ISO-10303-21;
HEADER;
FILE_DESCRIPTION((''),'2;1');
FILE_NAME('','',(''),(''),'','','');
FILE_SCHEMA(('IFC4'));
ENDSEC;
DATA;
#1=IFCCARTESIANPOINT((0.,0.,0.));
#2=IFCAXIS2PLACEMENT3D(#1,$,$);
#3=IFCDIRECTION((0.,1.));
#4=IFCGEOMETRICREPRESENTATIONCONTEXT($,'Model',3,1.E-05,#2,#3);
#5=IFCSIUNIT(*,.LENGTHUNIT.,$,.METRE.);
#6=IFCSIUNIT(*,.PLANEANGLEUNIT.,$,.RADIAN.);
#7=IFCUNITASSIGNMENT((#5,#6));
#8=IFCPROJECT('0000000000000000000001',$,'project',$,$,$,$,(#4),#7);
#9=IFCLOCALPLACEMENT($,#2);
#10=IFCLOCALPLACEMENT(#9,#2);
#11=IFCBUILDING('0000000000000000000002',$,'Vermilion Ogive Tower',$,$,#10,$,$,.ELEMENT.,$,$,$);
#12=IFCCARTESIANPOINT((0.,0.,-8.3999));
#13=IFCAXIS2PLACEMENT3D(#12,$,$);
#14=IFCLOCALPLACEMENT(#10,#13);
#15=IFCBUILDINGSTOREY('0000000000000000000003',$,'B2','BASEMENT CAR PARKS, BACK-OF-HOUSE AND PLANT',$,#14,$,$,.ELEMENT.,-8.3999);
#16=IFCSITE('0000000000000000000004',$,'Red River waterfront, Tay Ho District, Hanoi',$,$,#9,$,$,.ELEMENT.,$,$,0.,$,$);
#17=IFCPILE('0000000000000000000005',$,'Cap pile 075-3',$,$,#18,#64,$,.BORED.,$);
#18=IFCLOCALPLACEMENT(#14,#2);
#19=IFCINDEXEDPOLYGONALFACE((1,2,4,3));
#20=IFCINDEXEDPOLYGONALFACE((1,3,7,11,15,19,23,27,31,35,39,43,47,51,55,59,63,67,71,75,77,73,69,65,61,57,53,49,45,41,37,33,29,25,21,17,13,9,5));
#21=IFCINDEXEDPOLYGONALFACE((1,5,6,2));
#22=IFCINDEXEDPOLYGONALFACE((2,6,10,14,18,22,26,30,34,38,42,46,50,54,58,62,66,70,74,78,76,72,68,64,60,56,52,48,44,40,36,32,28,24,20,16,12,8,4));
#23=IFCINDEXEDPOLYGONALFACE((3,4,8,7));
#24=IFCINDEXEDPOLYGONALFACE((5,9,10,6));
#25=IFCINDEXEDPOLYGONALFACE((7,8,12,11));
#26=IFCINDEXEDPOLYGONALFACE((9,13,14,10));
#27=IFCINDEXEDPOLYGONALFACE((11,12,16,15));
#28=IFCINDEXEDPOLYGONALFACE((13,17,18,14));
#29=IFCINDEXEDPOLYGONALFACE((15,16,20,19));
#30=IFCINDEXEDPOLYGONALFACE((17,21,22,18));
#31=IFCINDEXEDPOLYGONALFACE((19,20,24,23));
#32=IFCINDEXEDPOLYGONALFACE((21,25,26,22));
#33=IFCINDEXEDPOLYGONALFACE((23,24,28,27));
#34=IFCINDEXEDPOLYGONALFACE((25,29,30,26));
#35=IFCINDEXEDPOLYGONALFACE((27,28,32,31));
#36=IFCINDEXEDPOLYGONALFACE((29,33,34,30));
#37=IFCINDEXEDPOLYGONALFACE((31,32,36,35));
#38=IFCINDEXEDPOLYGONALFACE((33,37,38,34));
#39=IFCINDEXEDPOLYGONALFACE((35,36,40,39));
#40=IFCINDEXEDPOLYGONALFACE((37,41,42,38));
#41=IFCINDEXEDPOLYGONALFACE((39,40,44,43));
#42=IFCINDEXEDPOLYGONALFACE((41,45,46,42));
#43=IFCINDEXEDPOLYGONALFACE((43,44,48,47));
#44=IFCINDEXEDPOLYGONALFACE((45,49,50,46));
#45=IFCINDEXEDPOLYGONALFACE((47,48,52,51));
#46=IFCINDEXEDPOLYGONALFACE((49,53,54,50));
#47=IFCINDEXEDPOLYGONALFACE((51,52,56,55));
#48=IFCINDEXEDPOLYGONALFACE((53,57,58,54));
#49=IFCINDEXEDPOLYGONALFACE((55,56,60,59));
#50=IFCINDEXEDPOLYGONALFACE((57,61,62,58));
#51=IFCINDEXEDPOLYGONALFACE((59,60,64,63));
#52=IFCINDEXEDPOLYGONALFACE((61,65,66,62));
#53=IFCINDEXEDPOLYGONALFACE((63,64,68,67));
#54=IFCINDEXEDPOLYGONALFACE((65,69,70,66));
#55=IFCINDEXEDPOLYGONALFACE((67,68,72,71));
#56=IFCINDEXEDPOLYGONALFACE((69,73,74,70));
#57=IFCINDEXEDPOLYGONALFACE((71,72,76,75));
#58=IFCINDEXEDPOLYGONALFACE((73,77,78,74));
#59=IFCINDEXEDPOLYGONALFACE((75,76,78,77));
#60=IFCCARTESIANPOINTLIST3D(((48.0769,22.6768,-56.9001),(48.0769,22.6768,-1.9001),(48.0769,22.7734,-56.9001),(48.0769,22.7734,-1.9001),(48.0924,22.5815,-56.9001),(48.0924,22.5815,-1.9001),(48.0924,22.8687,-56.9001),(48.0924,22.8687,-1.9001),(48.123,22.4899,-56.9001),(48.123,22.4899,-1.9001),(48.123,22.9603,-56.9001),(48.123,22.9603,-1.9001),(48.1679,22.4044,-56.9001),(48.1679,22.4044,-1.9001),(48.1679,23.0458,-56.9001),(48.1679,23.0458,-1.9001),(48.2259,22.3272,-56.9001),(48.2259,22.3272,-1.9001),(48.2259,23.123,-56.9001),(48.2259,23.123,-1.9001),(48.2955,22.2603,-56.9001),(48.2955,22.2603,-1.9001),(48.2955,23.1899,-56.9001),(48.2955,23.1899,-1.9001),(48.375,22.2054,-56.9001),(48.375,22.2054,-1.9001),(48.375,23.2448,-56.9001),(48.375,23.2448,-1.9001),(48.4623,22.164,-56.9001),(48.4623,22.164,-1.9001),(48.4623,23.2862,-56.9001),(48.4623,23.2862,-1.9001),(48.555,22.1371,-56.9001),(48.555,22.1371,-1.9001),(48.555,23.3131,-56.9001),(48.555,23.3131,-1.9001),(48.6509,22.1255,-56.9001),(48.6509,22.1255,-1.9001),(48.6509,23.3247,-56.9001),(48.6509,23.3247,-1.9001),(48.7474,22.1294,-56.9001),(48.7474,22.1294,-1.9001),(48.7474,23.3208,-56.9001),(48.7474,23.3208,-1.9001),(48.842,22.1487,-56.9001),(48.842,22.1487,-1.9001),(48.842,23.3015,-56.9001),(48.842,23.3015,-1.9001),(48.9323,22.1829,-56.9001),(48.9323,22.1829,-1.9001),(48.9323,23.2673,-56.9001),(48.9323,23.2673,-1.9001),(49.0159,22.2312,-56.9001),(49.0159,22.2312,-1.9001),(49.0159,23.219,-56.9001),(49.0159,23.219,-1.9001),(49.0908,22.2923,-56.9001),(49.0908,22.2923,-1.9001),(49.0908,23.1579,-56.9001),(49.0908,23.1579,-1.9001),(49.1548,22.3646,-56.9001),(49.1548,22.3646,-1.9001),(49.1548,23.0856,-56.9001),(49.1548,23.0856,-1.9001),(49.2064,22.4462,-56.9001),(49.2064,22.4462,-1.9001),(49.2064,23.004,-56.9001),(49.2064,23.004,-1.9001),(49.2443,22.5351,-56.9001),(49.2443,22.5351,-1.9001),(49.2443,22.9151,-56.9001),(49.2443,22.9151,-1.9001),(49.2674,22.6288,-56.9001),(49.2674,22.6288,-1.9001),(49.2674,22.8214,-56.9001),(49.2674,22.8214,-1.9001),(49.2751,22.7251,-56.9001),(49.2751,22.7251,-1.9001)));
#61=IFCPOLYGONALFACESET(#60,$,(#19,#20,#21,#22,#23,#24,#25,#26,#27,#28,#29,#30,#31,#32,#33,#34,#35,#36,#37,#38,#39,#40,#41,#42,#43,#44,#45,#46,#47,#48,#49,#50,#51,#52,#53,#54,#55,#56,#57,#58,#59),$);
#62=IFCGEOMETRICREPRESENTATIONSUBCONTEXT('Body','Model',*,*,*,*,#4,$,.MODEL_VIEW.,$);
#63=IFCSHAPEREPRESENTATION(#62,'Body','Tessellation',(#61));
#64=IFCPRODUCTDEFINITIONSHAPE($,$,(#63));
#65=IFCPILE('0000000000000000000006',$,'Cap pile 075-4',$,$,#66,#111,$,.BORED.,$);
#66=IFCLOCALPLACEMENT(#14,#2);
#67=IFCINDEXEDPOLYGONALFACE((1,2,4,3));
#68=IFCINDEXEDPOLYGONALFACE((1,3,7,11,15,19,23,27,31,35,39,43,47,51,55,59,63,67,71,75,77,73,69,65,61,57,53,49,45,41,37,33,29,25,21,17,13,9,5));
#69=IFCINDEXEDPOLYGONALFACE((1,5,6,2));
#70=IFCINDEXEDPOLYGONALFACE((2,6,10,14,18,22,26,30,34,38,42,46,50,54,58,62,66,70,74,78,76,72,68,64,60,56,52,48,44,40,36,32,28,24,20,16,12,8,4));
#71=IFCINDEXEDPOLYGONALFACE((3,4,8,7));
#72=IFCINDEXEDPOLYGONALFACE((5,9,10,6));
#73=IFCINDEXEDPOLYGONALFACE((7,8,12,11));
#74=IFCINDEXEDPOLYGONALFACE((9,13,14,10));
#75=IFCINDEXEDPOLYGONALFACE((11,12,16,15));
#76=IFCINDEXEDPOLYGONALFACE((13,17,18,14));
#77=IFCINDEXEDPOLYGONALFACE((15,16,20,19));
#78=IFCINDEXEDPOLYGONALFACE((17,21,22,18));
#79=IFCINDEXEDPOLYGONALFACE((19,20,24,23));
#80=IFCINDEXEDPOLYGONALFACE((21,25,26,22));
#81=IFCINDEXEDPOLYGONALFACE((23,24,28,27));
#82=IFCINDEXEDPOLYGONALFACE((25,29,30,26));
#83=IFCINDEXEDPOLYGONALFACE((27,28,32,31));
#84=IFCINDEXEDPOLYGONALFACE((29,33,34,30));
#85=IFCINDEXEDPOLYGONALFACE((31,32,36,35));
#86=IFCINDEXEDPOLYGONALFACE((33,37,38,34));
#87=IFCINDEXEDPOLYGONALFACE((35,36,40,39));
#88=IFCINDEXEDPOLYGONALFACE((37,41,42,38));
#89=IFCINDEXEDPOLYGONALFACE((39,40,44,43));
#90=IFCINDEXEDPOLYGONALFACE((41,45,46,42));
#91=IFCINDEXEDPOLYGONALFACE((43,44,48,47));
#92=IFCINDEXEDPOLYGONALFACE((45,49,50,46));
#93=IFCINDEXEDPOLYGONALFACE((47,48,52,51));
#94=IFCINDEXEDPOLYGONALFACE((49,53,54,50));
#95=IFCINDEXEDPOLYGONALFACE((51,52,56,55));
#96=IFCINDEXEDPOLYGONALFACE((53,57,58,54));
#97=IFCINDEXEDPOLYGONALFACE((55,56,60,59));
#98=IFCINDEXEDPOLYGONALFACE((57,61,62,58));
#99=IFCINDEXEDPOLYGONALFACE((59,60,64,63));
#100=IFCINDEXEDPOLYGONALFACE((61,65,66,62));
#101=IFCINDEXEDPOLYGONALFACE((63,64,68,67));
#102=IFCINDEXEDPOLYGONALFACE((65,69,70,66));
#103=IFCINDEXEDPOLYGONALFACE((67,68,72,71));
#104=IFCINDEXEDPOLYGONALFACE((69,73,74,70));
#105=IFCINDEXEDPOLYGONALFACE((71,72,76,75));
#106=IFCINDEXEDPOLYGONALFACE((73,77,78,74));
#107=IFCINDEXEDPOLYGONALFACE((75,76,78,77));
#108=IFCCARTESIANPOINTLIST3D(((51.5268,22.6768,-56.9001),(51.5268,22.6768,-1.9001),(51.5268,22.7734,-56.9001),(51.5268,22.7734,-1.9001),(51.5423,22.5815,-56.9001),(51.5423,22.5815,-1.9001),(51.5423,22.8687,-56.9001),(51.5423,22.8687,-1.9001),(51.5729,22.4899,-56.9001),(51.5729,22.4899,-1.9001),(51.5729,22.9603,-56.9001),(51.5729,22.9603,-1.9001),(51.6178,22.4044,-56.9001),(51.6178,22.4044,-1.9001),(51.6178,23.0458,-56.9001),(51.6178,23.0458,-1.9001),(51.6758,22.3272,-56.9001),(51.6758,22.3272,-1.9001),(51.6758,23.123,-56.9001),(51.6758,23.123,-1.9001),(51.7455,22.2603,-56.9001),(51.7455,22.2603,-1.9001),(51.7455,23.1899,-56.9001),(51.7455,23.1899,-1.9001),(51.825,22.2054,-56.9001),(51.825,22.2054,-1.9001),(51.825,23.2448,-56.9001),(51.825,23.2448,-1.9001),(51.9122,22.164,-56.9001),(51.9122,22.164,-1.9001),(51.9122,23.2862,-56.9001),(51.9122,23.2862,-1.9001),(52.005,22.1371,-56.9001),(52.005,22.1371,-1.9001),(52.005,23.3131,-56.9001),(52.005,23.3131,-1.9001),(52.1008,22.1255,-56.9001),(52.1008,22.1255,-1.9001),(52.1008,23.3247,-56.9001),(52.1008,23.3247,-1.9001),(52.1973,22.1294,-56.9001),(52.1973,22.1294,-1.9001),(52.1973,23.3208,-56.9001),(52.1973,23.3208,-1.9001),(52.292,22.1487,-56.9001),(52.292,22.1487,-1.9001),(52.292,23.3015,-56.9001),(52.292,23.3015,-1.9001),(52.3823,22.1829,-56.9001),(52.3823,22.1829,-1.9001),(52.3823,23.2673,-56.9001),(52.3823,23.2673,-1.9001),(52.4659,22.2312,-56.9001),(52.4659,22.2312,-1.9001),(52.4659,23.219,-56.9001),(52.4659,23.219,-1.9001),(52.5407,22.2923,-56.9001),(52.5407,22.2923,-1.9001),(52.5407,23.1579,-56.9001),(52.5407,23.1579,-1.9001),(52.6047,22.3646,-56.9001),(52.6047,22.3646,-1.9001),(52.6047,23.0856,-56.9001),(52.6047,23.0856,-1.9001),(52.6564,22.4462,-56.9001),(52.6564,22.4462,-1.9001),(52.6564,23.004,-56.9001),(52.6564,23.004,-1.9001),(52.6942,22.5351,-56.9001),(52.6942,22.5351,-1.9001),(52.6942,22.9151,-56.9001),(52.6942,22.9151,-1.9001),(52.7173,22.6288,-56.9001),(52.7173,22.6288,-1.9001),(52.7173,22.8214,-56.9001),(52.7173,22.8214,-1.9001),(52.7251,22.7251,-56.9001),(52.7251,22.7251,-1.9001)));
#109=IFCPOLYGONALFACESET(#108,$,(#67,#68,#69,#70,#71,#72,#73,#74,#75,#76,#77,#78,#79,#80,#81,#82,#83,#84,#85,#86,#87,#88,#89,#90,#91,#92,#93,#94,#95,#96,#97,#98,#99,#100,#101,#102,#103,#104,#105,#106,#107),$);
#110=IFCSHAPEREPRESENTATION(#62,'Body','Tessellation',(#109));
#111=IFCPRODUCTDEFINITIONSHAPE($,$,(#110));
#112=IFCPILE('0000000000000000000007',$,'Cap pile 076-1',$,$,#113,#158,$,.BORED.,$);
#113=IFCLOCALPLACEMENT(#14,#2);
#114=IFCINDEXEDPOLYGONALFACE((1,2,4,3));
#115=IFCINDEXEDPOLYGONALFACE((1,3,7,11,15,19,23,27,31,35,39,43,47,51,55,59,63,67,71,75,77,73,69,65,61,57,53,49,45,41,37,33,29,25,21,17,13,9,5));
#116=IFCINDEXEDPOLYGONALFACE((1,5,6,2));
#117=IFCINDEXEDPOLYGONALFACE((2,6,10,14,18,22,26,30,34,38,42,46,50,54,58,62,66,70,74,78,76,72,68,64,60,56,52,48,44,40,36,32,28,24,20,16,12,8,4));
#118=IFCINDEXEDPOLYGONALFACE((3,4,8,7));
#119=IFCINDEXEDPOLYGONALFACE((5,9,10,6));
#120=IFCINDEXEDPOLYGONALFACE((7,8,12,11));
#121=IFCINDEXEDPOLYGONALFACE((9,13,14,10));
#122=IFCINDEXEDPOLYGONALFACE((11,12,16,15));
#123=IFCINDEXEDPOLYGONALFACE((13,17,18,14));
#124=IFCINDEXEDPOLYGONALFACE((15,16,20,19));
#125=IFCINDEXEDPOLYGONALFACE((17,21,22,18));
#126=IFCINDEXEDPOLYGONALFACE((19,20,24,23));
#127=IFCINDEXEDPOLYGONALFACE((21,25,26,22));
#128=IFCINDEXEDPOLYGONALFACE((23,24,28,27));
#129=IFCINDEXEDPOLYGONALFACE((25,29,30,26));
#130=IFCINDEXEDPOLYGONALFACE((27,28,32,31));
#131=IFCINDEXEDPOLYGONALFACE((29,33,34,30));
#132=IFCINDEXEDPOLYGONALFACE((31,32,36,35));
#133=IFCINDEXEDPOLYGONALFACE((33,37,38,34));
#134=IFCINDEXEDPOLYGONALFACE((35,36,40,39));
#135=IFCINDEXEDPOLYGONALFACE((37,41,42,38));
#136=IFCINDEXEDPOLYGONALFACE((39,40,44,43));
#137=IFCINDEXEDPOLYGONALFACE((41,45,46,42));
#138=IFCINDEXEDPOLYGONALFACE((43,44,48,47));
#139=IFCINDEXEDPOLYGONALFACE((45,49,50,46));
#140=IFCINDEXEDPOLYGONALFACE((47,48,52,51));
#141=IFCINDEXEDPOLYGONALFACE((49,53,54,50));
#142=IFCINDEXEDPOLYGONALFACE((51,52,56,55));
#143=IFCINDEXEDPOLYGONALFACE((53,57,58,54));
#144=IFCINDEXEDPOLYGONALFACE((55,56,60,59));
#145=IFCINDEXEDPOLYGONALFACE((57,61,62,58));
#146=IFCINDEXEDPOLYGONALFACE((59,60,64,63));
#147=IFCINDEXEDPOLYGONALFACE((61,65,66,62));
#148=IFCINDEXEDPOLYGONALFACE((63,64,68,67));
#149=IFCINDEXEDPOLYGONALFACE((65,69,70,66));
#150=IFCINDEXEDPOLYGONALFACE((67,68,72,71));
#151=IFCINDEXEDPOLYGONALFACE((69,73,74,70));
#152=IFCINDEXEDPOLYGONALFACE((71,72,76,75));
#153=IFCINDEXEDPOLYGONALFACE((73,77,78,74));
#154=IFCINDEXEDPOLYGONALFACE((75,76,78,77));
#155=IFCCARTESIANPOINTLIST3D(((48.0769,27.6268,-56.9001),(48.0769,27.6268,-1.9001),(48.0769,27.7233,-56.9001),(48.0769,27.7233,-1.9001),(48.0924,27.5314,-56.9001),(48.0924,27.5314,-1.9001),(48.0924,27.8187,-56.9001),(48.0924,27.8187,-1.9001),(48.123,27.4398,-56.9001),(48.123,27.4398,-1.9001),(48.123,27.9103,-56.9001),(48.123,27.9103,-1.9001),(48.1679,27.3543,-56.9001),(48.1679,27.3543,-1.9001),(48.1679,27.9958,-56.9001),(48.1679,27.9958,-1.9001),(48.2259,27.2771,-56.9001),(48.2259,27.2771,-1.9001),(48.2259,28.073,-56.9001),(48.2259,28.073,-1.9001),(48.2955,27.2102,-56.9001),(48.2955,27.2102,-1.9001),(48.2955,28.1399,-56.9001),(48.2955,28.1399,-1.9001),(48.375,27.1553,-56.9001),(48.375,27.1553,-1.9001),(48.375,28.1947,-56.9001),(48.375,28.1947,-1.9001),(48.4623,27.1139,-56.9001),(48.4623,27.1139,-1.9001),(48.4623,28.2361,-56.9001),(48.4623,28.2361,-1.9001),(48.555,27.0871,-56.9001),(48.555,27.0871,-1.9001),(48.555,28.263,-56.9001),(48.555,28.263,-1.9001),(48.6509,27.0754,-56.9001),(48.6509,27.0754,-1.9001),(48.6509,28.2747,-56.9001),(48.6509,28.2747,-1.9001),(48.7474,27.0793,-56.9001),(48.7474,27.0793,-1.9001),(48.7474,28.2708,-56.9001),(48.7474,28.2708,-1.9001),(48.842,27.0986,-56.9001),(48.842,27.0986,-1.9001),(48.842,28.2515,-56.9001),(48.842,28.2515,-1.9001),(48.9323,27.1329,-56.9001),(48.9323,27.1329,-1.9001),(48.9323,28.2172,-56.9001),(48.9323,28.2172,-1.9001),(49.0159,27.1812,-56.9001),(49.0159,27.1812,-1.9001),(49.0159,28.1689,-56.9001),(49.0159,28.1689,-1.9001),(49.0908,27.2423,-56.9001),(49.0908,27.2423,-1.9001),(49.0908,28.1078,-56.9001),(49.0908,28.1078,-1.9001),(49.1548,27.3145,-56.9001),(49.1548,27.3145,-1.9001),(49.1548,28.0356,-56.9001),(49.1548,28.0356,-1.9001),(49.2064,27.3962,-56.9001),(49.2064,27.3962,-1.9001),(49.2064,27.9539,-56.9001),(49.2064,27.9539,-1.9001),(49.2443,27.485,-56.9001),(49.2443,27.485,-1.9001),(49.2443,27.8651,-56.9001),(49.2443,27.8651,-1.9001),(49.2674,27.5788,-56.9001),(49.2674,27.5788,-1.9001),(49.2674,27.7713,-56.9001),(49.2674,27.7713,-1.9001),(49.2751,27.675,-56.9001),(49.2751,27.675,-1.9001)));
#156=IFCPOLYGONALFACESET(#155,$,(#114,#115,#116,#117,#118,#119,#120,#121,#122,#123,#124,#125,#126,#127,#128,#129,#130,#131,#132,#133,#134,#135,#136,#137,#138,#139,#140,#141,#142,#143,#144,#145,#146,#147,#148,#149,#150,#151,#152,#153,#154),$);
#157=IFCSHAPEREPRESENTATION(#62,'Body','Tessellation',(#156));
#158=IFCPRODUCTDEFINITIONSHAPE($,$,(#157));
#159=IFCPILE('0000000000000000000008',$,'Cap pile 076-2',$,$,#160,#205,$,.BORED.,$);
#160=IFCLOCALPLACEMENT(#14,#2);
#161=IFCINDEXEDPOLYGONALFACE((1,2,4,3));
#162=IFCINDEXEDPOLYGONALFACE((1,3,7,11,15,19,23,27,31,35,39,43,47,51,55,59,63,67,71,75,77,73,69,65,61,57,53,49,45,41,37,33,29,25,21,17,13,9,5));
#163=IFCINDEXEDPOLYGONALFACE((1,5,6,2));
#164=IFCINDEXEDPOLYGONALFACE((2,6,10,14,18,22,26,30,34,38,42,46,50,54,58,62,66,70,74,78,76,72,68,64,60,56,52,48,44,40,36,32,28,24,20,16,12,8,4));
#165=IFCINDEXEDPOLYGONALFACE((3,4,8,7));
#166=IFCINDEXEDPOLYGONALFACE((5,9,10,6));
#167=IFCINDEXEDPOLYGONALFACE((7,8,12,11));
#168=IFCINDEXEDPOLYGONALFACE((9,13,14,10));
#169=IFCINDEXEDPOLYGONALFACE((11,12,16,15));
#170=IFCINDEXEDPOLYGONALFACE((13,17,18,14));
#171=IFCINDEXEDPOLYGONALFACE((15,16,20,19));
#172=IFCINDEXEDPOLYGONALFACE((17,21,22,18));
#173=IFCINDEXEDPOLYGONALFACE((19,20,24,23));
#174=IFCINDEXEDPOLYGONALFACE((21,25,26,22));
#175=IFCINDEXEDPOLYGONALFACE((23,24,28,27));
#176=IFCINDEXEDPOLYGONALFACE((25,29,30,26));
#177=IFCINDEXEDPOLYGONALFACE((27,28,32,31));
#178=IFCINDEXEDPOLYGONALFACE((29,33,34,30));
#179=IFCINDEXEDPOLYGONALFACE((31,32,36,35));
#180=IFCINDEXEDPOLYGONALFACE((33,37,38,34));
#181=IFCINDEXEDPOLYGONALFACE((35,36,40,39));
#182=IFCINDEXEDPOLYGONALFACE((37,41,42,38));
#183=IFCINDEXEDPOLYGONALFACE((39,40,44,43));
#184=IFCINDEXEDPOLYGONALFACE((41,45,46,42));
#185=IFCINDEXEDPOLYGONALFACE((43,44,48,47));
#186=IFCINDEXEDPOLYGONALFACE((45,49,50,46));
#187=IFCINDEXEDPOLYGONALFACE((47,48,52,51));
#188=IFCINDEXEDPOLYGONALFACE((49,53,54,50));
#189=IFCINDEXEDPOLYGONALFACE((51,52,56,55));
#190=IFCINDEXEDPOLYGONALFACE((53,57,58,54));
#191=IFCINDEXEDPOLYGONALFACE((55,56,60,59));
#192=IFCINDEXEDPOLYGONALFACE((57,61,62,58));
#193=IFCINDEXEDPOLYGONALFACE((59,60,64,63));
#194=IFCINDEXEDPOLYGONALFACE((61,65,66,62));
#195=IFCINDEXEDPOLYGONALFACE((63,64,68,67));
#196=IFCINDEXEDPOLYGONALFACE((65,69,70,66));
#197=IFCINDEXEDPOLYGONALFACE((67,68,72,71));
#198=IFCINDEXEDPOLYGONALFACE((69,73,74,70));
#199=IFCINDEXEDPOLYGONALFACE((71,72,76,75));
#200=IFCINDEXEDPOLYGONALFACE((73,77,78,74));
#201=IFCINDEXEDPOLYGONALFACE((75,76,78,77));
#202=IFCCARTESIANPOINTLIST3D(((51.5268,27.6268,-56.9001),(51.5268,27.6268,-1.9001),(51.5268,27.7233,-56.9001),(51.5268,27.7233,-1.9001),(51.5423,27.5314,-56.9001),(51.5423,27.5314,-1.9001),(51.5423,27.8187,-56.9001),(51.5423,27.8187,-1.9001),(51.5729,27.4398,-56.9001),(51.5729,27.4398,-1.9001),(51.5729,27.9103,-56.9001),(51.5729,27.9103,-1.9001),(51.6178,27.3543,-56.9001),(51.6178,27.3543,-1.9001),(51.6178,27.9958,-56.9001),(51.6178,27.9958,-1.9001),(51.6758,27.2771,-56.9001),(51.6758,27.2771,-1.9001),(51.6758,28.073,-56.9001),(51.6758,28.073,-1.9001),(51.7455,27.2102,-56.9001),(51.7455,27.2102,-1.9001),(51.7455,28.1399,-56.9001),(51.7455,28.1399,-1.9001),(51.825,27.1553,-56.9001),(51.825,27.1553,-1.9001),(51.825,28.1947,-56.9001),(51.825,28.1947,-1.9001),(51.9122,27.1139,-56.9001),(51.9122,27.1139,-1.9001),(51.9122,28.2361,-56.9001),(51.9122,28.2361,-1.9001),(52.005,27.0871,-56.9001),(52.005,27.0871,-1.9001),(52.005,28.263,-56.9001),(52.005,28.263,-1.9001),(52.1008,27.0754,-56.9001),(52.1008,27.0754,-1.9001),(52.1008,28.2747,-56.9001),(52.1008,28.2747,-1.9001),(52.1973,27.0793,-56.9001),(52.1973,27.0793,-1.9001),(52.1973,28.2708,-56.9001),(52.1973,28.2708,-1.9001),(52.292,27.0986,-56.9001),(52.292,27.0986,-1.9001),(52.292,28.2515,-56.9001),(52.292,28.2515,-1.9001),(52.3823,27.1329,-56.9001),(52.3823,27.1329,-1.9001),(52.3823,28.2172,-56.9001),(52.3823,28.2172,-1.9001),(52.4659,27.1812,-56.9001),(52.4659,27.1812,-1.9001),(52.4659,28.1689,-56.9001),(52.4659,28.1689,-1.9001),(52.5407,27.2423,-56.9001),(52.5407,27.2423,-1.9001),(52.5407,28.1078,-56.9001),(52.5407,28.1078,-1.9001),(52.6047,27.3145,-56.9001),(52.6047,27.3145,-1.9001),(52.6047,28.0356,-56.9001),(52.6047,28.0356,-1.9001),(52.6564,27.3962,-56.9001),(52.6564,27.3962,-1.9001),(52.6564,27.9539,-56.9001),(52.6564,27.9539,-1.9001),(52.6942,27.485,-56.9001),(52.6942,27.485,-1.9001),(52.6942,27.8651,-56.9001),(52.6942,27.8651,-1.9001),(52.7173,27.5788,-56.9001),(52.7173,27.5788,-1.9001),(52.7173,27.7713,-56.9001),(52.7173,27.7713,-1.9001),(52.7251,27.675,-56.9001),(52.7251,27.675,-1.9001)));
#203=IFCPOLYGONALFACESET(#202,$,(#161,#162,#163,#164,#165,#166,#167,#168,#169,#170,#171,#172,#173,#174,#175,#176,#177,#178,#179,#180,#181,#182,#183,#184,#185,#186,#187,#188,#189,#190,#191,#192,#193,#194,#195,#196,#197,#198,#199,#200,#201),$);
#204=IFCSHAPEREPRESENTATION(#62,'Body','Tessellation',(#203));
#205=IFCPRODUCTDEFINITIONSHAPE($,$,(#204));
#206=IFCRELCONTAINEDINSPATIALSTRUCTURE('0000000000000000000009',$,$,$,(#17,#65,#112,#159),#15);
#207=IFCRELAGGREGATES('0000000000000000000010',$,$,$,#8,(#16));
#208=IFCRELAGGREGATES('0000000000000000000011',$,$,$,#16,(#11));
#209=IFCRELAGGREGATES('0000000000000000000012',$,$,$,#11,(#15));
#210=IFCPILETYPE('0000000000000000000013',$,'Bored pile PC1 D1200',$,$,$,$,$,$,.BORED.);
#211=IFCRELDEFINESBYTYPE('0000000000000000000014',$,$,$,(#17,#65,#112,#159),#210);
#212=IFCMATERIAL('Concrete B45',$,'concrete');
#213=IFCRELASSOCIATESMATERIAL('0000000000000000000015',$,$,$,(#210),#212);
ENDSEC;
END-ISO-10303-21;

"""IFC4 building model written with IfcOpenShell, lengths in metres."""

from ifc_helpers import new_model, si_unit, direction, frame, origin, origin_2d, place, context, subcontext, project, spatial, circle, extrude, material, type_object, element, save


model = new_model("IFC4")

# Units and contexts
model_context = context("Model", 3, precision=1e-05, world=origin(), true_north=direction((0.0, 1.0)))
body_context = subcontext(model_context, "Body", "Model", "MODEL_VIEW")
ifc_project = project(units=[si_unit("LENGTHUNIT", "METRE"), si_unit("PLANEANGLEUNIT", "RADIAN")], contexts=[model_context])

# Site, building, storey
site_placement = place(None, origin())
site = spatial("IfcSite", under=ifc_project, at=site_placement, Name="Red River waterfront, Tay Ho District, Hanoi", CompositionType="ELEMENT", RefElevation=0.0)
building_placement = place(site_placement, origin())
building = spatial("IfcBuilding", under=site, at=building_placement, Name="Vermilion Ogive Tower", CompositionType="ELEMENT")
storey_placement = place(building_placement, frame((0.0, 0.0, -8.3999)))
storey = spatial("IfcBuildingStorey", under=building, at=storey_placement, Name="B2", Description="BASEMENT CAR PARKS, BACK-OF-HOUSE AND PLANT", CompositionType="ELEMENT", Elevation=-8.3999)

# Piles
ifc_material_1 = material(Name="Concrete B45", Category="concrete")
pile_type = type_object("IfcPileType", Name="Bored pile PC1 D1200", PredefinedType="BORED", material=ifc_material_1)
for number, where, z_axis, x_axis, name in (
    (1, (48.675, 22.7251, -1.9001), (0.0, 0.0, -1.0), (1.0, 0.0, 0.0), "Cap pile 075-3"),
    (2, (52.125, 22.7251, -1.9001), (0.0, 0.0, -1.0), (1.0, 0.0, 0.0), "Cap pile 075-4"),
    (3, (48.675, 27.675, -1.9001), (0.0, 0.0, -1.0), (1.0, 0.0, 0.0), "Cap pile 076-1"),
    (4, (52.125, 27.675, -1.9001), (0.0, 0.0, -1.0), (1.0, 0.0, 0.0), "Cap pile 076-2"),
):
    element("IfcPile", number, at=place(storey_placement, frame(where, z_axis=z_axis, x_axis=x_axis)), inside=storey, type_object=pile_type, Name=name, PredefinedType="BORED", context=body_context, shape_type="SweptSolid", body=[
        extrude(circle(Radius=0.6001, at=origin_2d()), origin(), (0.0, 0.0, 1.0), 55.0),
    ])

save(model, "model.ifc")
